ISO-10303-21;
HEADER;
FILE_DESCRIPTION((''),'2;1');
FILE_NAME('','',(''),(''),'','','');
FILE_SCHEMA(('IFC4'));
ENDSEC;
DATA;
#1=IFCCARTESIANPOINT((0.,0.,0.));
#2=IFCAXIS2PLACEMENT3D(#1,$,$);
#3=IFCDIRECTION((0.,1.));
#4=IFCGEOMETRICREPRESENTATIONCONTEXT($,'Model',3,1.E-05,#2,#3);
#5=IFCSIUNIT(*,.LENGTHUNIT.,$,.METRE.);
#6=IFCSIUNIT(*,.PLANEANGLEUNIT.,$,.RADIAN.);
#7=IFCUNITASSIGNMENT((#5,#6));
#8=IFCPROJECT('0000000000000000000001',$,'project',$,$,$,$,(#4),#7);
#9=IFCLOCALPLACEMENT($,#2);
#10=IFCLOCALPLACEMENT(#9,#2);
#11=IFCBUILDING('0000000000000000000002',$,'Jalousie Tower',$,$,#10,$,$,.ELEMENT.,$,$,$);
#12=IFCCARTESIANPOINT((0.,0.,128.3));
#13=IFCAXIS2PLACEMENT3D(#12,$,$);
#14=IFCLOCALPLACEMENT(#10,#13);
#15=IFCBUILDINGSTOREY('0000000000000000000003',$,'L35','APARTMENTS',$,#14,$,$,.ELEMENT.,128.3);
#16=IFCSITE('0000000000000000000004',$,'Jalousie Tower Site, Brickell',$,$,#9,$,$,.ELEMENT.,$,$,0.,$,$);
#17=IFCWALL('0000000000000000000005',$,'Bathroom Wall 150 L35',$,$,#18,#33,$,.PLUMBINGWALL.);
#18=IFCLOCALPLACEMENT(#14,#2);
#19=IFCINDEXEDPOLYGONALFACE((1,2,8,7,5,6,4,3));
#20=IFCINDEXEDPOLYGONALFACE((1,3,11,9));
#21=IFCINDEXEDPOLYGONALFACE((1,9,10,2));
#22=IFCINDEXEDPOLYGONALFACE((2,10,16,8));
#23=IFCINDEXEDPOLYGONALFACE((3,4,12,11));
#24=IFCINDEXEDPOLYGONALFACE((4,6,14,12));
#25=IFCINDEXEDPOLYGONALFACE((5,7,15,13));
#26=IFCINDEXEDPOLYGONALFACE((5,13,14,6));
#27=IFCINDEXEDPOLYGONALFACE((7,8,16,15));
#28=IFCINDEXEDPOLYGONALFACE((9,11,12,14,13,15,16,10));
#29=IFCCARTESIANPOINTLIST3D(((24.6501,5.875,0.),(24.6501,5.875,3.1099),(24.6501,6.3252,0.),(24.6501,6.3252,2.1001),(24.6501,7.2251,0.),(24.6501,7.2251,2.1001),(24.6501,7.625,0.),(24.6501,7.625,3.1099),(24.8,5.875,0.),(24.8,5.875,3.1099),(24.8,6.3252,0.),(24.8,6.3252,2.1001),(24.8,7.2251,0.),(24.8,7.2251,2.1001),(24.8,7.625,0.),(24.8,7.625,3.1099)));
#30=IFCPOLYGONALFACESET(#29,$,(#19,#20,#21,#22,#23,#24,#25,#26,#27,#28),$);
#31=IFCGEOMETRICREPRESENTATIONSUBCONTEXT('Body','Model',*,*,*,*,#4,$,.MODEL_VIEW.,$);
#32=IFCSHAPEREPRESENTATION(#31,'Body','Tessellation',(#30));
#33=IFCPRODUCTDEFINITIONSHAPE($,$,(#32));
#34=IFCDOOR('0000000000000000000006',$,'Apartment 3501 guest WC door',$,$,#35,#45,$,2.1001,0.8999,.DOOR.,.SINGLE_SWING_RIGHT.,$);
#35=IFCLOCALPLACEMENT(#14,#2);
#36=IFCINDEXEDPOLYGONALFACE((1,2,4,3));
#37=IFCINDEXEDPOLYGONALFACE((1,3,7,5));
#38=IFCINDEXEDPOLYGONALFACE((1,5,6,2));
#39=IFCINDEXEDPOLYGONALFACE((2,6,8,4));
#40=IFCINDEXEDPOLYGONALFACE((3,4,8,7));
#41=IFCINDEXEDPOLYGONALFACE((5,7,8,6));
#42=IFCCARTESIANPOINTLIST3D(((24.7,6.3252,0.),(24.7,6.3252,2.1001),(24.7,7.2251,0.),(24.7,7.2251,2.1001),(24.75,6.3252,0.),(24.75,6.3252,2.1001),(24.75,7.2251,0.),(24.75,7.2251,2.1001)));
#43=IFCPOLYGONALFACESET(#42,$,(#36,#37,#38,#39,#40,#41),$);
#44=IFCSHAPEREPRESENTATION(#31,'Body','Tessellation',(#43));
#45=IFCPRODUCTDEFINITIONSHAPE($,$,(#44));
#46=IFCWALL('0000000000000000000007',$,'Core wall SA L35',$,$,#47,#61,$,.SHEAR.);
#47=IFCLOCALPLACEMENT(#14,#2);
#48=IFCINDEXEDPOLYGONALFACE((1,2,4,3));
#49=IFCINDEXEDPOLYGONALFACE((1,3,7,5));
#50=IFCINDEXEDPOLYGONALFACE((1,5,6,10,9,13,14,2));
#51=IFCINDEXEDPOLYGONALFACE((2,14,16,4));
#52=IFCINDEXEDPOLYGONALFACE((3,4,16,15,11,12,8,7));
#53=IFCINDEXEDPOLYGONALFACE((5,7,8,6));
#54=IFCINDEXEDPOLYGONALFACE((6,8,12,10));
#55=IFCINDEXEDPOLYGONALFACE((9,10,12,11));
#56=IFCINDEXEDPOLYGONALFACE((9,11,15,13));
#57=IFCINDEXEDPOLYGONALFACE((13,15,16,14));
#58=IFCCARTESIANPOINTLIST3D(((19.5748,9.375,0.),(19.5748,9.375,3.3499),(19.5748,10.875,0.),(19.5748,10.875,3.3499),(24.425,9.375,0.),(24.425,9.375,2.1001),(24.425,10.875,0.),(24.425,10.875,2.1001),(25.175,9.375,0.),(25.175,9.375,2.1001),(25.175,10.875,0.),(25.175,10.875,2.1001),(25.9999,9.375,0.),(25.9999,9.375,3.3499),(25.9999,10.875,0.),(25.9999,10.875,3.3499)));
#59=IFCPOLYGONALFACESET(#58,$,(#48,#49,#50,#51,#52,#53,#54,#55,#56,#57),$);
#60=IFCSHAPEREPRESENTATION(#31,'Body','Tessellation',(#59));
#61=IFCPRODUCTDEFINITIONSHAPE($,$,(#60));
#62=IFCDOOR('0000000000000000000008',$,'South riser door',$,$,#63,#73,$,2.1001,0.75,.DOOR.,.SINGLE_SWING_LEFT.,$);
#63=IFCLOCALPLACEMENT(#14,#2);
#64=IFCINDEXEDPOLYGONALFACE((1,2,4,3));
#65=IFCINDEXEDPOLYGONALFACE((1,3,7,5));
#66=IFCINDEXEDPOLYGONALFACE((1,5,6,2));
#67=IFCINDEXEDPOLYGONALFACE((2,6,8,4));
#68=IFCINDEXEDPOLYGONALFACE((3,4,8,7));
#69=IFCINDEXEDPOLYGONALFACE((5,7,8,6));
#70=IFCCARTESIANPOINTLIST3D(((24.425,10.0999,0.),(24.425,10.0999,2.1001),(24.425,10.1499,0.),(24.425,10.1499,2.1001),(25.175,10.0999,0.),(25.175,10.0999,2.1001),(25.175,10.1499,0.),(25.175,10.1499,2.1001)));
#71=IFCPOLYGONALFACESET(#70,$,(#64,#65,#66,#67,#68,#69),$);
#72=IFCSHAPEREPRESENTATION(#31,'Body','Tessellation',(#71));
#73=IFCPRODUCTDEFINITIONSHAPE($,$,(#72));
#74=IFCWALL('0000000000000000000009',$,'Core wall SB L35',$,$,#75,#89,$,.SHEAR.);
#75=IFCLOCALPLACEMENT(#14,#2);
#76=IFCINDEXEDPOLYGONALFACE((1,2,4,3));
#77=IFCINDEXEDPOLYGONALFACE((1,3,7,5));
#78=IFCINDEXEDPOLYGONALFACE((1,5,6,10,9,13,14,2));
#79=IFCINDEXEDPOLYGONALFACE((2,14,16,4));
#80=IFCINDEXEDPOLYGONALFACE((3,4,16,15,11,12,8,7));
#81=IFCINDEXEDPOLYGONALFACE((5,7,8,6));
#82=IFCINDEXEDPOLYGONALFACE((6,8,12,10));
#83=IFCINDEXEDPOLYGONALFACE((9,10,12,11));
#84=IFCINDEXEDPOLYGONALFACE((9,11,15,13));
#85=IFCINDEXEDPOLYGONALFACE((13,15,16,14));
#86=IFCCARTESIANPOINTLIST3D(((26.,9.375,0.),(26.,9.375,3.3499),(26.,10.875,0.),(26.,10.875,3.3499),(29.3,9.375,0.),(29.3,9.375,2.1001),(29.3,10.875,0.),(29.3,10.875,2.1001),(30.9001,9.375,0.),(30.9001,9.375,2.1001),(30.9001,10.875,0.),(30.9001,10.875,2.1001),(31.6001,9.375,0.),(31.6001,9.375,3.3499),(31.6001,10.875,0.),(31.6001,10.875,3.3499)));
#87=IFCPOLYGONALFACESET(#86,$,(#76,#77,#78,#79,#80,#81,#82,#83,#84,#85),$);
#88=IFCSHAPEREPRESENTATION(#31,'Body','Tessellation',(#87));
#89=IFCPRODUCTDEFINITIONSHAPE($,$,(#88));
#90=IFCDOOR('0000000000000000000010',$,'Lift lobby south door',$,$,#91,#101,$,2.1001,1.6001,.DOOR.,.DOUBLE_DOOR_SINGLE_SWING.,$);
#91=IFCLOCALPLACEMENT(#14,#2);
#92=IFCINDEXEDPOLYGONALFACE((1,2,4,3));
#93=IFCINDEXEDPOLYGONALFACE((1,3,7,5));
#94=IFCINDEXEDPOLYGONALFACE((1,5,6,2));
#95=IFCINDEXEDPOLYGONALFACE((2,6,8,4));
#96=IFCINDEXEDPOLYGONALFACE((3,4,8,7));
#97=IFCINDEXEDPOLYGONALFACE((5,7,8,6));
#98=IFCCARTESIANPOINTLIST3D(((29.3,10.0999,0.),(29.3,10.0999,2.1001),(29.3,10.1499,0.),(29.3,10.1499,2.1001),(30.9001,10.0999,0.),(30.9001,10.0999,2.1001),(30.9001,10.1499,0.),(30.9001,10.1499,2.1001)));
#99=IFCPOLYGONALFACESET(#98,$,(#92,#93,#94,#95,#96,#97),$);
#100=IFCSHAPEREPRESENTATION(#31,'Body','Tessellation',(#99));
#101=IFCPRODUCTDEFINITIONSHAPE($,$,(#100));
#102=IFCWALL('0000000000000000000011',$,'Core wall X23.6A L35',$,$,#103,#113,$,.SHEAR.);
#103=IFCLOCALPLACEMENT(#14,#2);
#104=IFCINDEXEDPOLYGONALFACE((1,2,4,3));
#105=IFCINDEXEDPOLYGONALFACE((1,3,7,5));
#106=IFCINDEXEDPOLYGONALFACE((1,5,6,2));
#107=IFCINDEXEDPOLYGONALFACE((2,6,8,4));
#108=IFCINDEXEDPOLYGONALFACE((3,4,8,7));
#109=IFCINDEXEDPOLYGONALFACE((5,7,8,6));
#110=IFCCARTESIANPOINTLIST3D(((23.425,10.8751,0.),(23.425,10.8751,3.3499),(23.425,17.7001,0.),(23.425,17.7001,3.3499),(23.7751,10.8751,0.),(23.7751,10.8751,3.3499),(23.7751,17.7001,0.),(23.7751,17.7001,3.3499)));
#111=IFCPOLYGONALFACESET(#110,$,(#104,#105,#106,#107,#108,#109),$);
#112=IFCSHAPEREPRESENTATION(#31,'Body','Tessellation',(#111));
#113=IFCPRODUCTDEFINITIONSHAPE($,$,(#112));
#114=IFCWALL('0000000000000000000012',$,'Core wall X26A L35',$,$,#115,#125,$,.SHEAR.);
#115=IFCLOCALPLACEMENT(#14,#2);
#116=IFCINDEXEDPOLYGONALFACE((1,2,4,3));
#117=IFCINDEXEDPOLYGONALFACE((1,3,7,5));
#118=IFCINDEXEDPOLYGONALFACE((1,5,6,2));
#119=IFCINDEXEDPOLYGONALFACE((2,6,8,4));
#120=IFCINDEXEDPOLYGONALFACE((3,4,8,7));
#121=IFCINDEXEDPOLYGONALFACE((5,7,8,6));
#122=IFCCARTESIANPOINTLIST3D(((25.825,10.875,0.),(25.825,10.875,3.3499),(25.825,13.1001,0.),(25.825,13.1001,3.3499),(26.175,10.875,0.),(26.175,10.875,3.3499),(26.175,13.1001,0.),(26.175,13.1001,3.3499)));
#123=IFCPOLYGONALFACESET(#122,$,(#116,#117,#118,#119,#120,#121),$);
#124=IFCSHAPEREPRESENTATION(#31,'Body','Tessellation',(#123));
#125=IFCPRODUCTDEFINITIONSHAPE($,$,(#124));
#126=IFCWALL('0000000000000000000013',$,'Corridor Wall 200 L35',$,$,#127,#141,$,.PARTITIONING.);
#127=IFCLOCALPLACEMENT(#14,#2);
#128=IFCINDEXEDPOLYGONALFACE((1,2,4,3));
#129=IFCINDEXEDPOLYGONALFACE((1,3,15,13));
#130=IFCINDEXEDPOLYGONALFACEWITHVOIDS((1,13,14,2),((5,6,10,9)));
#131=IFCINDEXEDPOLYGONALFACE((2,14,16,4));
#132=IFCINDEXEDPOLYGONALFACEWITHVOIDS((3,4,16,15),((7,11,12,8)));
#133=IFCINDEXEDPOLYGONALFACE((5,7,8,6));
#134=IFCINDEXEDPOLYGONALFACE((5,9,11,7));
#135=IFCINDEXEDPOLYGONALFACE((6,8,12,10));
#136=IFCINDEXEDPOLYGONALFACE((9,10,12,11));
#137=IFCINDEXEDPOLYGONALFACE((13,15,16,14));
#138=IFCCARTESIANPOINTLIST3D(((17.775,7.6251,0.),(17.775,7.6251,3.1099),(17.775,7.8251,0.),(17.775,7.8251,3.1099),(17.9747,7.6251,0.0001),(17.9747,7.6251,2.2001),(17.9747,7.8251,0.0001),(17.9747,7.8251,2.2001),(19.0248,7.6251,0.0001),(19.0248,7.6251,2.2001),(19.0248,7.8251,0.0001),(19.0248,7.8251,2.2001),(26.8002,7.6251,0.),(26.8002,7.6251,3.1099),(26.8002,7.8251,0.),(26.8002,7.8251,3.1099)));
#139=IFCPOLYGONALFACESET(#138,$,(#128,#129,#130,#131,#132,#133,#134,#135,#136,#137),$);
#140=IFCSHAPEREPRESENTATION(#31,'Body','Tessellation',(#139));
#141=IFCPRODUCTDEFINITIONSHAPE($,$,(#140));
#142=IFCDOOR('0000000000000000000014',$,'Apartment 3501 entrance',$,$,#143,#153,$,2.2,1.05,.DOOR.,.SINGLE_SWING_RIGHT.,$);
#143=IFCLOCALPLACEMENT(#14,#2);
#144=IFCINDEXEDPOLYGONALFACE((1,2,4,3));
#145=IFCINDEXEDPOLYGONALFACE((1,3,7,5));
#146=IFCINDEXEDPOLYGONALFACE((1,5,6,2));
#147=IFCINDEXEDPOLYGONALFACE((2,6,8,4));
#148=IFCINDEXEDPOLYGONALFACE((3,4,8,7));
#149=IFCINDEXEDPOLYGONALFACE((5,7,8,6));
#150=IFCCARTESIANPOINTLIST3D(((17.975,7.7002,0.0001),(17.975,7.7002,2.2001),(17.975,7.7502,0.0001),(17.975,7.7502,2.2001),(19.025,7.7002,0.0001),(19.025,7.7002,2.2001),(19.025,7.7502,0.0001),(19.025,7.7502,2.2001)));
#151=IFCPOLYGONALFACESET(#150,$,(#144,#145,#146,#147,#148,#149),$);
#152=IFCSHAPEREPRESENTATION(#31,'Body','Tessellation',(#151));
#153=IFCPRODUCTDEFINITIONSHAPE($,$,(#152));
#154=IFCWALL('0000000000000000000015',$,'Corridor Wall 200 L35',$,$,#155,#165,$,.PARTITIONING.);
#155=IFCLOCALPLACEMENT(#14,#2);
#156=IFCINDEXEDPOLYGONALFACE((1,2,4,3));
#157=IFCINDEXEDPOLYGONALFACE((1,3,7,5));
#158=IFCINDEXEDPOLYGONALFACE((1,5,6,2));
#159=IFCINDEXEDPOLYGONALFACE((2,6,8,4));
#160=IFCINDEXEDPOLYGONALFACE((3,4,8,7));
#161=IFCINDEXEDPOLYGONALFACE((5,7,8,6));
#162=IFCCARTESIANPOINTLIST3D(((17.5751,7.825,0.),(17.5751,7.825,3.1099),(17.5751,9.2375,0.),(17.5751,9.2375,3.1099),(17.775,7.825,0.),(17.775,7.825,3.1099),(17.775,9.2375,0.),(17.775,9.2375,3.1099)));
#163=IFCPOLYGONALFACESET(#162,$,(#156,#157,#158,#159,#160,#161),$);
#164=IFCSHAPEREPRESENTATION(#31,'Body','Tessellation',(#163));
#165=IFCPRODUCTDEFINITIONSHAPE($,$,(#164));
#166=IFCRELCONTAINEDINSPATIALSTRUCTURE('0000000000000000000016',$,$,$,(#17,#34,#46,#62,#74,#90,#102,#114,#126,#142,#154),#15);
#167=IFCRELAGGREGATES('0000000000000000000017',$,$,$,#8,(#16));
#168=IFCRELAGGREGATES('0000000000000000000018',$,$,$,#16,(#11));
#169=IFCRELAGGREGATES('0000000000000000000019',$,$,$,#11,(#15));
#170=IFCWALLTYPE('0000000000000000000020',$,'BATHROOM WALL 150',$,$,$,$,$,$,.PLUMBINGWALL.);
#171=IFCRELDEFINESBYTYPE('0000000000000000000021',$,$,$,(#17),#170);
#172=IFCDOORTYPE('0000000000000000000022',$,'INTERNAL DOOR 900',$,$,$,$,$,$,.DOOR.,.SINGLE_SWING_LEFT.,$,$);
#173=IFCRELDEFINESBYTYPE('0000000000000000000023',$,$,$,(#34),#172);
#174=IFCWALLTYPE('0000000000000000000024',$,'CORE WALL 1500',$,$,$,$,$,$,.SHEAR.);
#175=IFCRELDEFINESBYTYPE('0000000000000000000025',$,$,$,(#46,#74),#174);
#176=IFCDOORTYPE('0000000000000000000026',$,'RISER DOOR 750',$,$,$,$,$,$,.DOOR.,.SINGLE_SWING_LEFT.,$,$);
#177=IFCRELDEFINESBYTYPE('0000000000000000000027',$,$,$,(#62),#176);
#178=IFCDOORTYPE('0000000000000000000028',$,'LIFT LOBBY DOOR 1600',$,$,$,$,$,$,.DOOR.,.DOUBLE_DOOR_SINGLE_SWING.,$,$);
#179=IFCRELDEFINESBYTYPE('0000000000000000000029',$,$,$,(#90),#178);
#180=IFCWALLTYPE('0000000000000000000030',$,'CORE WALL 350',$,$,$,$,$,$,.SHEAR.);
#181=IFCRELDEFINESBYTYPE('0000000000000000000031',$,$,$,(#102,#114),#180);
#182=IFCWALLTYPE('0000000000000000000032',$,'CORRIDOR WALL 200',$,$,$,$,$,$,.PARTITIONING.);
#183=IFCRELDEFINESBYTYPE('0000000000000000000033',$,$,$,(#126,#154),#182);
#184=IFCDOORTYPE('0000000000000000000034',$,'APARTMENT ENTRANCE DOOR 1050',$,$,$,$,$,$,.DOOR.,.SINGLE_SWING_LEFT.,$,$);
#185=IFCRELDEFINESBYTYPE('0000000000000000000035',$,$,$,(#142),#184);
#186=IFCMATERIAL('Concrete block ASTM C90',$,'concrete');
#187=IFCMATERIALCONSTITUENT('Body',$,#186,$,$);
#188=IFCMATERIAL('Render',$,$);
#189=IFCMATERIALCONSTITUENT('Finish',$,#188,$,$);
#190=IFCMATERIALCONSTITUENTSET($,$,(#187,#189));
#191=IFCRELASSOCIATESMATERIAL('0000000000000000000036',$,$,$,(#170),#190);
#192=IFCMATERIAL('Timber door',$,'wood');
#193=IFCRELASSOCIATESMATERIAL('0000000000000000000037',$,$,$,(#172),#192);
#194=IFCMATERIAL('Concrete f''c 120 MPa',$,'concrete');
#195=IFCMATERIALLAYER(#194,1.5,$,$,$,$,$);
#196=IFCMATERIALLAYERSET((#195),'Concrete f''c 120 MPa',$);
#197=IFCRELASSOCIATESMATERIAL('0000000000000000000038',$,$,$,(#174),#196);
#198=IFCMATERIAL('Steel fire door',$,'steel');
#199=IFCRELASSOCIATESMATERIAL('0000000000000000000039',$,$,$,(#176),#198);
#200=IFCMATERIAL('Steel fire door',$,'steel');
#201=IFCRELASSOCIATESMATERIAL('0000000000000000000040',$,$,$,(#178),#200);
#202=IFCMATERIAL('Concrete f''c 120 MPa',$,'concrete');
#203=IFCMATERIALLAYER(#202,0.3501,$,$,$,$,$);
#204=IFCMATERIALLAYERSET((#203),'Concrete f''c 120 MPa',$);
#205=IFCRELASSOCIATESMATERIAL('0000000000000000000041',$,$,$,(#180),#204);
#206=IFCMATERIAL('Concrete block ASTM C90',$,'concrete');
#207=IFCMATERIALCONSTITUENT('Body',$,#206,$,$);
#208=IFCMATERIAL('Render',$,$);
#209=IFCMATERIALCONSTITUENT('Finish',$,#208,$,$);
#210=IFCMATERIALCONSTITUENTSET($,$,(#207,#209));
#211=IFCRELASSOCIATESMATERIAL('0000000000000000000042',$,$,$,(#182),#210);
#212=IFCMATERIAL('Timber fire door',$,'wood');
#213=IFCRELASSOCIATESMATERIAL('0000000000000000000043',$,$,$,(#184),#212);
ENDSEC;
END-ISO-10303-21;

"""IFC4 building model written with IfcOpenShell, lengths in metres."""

from ifc_helpers import new_model, si_unit, direction, frame, frame_2d, origin, place, context, subcontext, project, spatial, rectangle, extrude, material, layer, layer_set, constituent, constituent_set, type_object, element, fill, save


model = new_model("IFC4")

# Units and contexts
model_context = context("Model", 3, precision=1e-05, world=origin(), true_north=direction((0.0, 1.0)))
body_context = subcontext(model_context, "Body", "Model", "MODEL_VIEW")
ifc_project = project(units=[si_unit("LENGTHUNIT", "METRE"), si_unit("PLANEANGLEUNIT", "RADIAN")], contexts=[model_context])

# Site, building, storey
site_placement = place(None, origin())
site = spatial("IfcSite", under=ifc_project, at=site_placement, Name="Jalousie Tower Site, Brickell", CompositionType="ELEMENT", RefElevation=0.0)
building_placement = place(site_placement, origin())
building = spatial("IfcBuilding", under=site, at=building_placement, Name="Jalousie Tower", CompositionType="ELEMENT")
storey_placement = place(building_placement, frame((0.0, 0.0, 128.3)))
storey = spatial("IfcBuildingStorey", under=building, at=storey_placement, Name="L35", Description="APARTMENTS", CompositionType="ELEMENT", Elevation=128.3)

# Walls, openings, doors
ifc_material_1 = material(Name="Concrete block ASTM C90", Category="concrete")
ifc_constituent_1 = constituent(ifc_material_1, Name="Body")
ifc_material_2 = material(Name="Render")
ifc_constituent_2 = constituent(ifc_material_2, Name="Finish")
ifc_constituent_set_1 = constituent_set(constituents=[ifc_constituent_1, ifc_constituent_2])
wall_type_1 = type_object("IfcWallType", Name="BATHROOM WALL 150", PredefinedType="PLUMBINGWALL", material=ifc_constituent_set_1)
wall_1_placement = place(storey_placement, frame((24.7251, 7.625, 0.0), z_axis=(0.0, 0.0, 1.0), x_axis=(0.0, -1.0, 0.0)))
wall_1 = element("IfcWall", 1, at=wall_1_placement, inside=storey, type_object=wall_type_1, Name="Bathroom Wall 150 L35", PredefinedType="PLUMBINGWALL", context=body_context, shape_type="SweptSolid", body=[
    extrude(rectangle(XDim=1.75, YDim=0.1499, at=frame_2d((0.875, 0.0))), origin(), (0.0, 0.0, 1.0), 3.1099),
])
opening_1_placement = place(wall_1_placement, frame((0.3999, 0.0, 0.0)))
opening_1 = element("IfcOpeningElement", 2, at=opening_1_placement, cuts=wall_1, PredefinedType="OPENING", context=body_context, shape_type="SweptSolid", body=[
    extrude(rectangle(XDim=0.8999, YDim=2.1001, at=frame_2d((0.45, 1.05))), frame((0.0, 0.085, 0.0), z_axis=(0.0, -1.0, 0.0), x_axis=(1.0, 0.0, 0.0)), (0.0, 0.0, 1.0), 0.1699),
])
ifc_material_3 = material(Name="Timber door", Category="wood")
door_type_1 = type_object("IfcDoorType", Name="INTERNAL DOOR 900", OperationType="SINGLE_SWING_LEFT", PredefinedType="DOOR", material=ifc_material_3)
door_1_placement = place(opening_1_placement, origin())
door_1 = element("IfcDoor", 3, at=door_1_placement, inside=storey, type_object=door_type_1, Name="Apartment 3501 guest WC door", OperationType="SINGLE_SWING_RIGHT", OverallHeight=2.1001, OverallWidth=0.8999, PredefinedType="DOOR", context=body_context, shape_type="SweptSolid", body=[
    extrude(rectangle(XDim=0.8999, YDim=2.1001, at=frame_2d((0.45, 1.05))), frame((0.0, 0.0249, 0.0), z_axis=(0.0, -1.0, 0.0), x_axis=(1.0, 0.0, 0.0)), (0.0, 0.0, 1.0), 0.05),
])
fill(opening_1, door_1)
ifc_material_4 = material(Name="Concrete f'c 120 MPa", Category="concrete")
ifc_layer_1 = layer(ifc_material_4, 1.5)
ifc_layer_set_1 = layer_set([ifc_layer_1], Name="Concrete f'c 120 MPa")
wall_type_2 = type_object("IfcWallType", Name="CORE WALL 1500", PredefinedType="SHEAR", material=ifc_layer_set_1)
wall_2_placement = place(storey_placement, frame((19.575, 10.125, 0.0), z_axis=(0.0, 0.0, 1.0), x_axis=(1.0, 0.0, 0.0)))
wall_2 = element("IfcWall", 4, at=wall_2_placement, inside=storey, type_object=wall_type_2, Name="Core wall SA L35", PredefinedType="SHEAR", context=body_context, shape_type="SweptSolid", body=[
    extrude(rectangle(XDim=6.425, YDim=1.5, at=frame_2d((3.2124, 0.0))), origin(), (0.0, 0.0, 1.0), 3.3499),
])
opening_2_placement = place(wall_2_placement, frame((4.8501, 0.0, 0.0)))
opening_2 = element("IfcOpeningElement", 5, at=opening_2_placement, cuts=wall_2, PredefinedType="OPENING", context=body_context, shape_type="SweptSolid", body=[
    extrude(rectangle(XDim=0.75, YDim=2.1001, at=frame_2d((0.375, 1.05))), frame((0.0, 0.76, 0.0), z_axis=(0.0, -1.0, 0.0), x_axis=(1.0, 0.0, 0.0)), (0.0, 0.0, 1.0), 1.52),
])
ifc_material_5 = material(Name="Steel fire door", Category="steel")
door_type_2 = type_object("IfcDoorType", Name="RISER DOOR 750", OperationType="SINGLE_SWING_LEFT", PredefinedType="DOOR", material=ifc_material_5)
door_2_placement = place(opening_2_placement, origin())
door_2 = element("IfcDoor", 6, at=door_2_placement, inside=storey, type_object=door_type_2, Name="South riser door", OperationType="SINGLE_SWING_LEFT", OverallHeight=2.1001, OverallWidth=0.75, PredefinedType="DOOR", context=body_context, shape_type="SweptSolid", body=[
    extrude(rectangle(XDim=0.75, YDim=2.1001, at=frame_2d((0.375, 1.05))), frame((0.0, 0.0249, 0.0), z_axis=(0.0, -1.0, 0.0), x_axis=(1.0, 0.0, 0.0)), (0.0, 0.0, 1.0), 0.05),
])
fill(opening_2, door_2)
wall_3_placement = place(storey_placement, frame((26.0, 10.125, 0.0), z_axis=(0.0, 0.0, 1.0), x_axis=(1.0, 0.0, 0.0)))
wall_3 = element("IfcWall", 7, at=wall_3_placement, inside=storey, type_object=wall_type_2, Name="Core wall SB L35", PredefinedType="SHEAR", context=body_context, shape_type="SweptSolid", body=[
    extrude(rectangle(XDim=5.6001, YDim=1.5, at=frame_2d((2.8, 0.0))), origin(), (0.0, 0.0, 1.0), 3.3499),
])
opening_3_placement = place(wall_3_placement, frame((3.3, 0.0, 0.0)))
opening_3 = element("IfcOpeningElement", 8, at=opening_3_placement, cuts=wall_3, PredefinedType="OPENING", context=body_context, shape_type="SweptSolid", body=[
    extrude(rectangle(XDim=1.6001, YDim=2.1001, at=frame_2d((0.8, 1.05))), frame((0.0, 0.76, 0.0), z_axis=(0.0, -1.0, 0.0), x_axis=(1.0, 0.0, 0.0)), (0.0, 0.0, 1.0), 1.52),
])
ifc_material_6 = material(Name="Steel fire door", Category="steel")
door_type_3 = type_object("IfcDoorType", Name="LIFT LOBBY DOOR 1600", OperationType="DOUBLE_DOOR_SINGLE_SWING", PredefinedType="DOOR", material=ifc_material_6)
door_3_placement = place(opening_3_placement, origin())
door_3 = element("IfcDoor", 9, at=door_3_placement, inside=storey, type_object=door_type_3, Name="Lift lobby south door", OperationType="DOUBLE_DOOR_SINGLE_SWING", OverallHeight=2.1001, OverallWidth=1.6001, PredefinedType="DOOR", context=body_context, shape_type="SweptSolid", body=[
    extrude(rectangle(XDim=1.6001, YDim=2.1001, at=frame_2d((0.8, 1.05))), frame((0.0, 0.0249, 0.0), z_axis=(0.0, -1.0, 0.0), x_axis=(1.0, 0.0, 0.0)), (0.0, 0.0, 1.0), 0.05),
])
fill(opening_3, door_3)

# Walls
ifc_material_7 = material(Name="Concrete f'c 120 MPa", Category="concrete")
ifc_layer_2 = layer(ifc_material_7, 0.3501)
ifc_layer_set_2 = layer_set([ifc_layer_2], Name="Concrete f'c 120 MPa")
wall_type_3 = type_object("IfcWallType", Name="CORE WALL 350", PredefinedType="SHEAR", material=ifc_layer_set_2)
wall_4_placement = place(storey_placement, frame((23.6001, 10.875, 0.0), z_axis=(0.0, 0.0, 1.0), x_axis=(0.0, 1.0, 0.0)))
element("IfcWall", 10, at=wall_4_placement, inside=storey, type_object=wall_type_3, Name="Core wall X23.6A L35", PredefinedType="SHEAR", context=body_context, shape_type="SweptSolid", body=[
    extrude(rectangle(XDim=6.825, YDim=0.3501, at=frame_2d((3.4126, 0.0))), origin(), (0.0, 0.0, 1.0), 3.3499),
])
wall_5_placement = place(storey_placement, frame((26.0, 10.875, 0.0), z_axis=(0.0, 0.0, 1.0), x_axis=(0.0, 1.0, 0.0)))
element("IfcWall", 11, at=wall_5_placement, inside=storey, type_object=wall_type_3, Name="Core wall X26A L35", PredefinedType="SHEAR", context=body_context, shape_type="SweptSolid", body=[
    extrude(rectangle(XDim=2.2251, YDim=0.3501, at=frame_2d((1.1125, 0.0))), origin(), (0.0, 0.0, 1.0), 3.3499),
])

# Wall, opening, door
ifc_material_8 = material(Name="Concrete block ASTM C90", Category="concrete")
ifc_constituent_3 = constituent(ifc_material_8, Name="Body")
ifc_material_9 = material(Name="Render")
ifc_constituent_4 = constituent(ifc_material_9, Name="Finish")
ifc_constituent_set_2 = constituent_set(constituents=[ifc_constituent_3, ifc_constituent_4])
wall_type_4 = type_object("IfcWallType", Name="CORRIDOR WALL 200", PredefinedType="PARTITIONING", material=ifc_constituent_set_2)
wall_6_placement = place(storey_placement, frame((17.7749, 7.7251, 0.0), z_axis=(0.0, 0.0, 1.0), x_axis=(1.0, 0.0, 0.0)))
wall_6 = element("IfcWall", 12, at=wall_6_placement, inside=storey, type_object=wall_type_4, Name="Corridor Wall 200 L35", PredefinedType="PARTITIONING", context=body_context, shape_type="SweptSolid", body=[
    extrude(rectangle(XDim=9.0251, YDim=0.2, at=frame_2d((4.5127, 0.0))), origin(), (0.0, 0.0, 1.0), 3.1099),
])
opening_4_placement = place(wall_6_placement, frame((0.2, 0.0, 0.0)))
opening_4 = element("IfcOpeningElement", 13, at=opening_4_placement, cuts=wall_6, PredefinedType="OPENING", context=body_context, shape_type="SweptSolid", body=[
    extrude(rectangle(XDim=1.05, YDim=2.2, at=frame_2d((0.5249, 1.1001))), frame((0.0, 0.1099, 0.0), z_axis=(0.0, -1.0, 0.0), x_axis=(1.0, 0.0, 0.0)), (0.0, 0.0, 1.0), 0.22),
])
ifc_material_10 = material(Name="Timber fire door", Category="wood")
door_type_4 = type_object("IfcDoorType", Name="APARTMENT ENTRANCE DOOR 1050", OperationType="SINGLE_SWING_LEFT", PredefinedType="DOOR", material=ifc_material_10)
door_4_placement = place(opening_4_placement, frame((1.05, 0.0, 0.0), z_axis=(0.0, 0.0, 1.0), x_axis=(-1.0, 0.0, 0.0)))
door_4 = element("IfcDoor", 14, at=door_4_placement, inside=storey, type_object=door_type_4, Name="Apartment 3501 entrance", OperationType="SINGLE_SWING_RIGHT", OverallHeight=2.2, OverallWidth=1.05, PredefinedType="DOOR", context=body_context, shape_type="SweptSolid", body=[
    extrude(rectangle(XDim=1.05, YDim=2.2, at=frame_2d((0.5249, 1.1001))), frame((0.0, 0.0249, 0.0), z_axis=(0.0, -1.0, 0.0), x_axis=(1.0, 0.0, 0.0)), (0.0, 0.0, 1.0), 0.05),
])
fill(opening_4, door_4)

# Wall
wall_7_placement = place(storey_placement, frame((17.675, 7.825, 0.0), z_axis=(0.0, 0.0, 1.0), x_axis=(0.0, 1.0, 0.0)))
element("IfcWall", 15, at=wall_7_placement, inside=storey, type_object=wall_type_4, Name="Corridor Wall 200 L35", PredefinedType="PARTITIONING", context=body_context, shape_type="SweptSolid", body=[
    extrude(rectangle(XDim=1.4126, YDim=0.2, at=frame_2d((0.7063, 0.0))), origin(), (0.0, 0.0, 1.0), 3.1099),
])

save(model, "model.ifc")
